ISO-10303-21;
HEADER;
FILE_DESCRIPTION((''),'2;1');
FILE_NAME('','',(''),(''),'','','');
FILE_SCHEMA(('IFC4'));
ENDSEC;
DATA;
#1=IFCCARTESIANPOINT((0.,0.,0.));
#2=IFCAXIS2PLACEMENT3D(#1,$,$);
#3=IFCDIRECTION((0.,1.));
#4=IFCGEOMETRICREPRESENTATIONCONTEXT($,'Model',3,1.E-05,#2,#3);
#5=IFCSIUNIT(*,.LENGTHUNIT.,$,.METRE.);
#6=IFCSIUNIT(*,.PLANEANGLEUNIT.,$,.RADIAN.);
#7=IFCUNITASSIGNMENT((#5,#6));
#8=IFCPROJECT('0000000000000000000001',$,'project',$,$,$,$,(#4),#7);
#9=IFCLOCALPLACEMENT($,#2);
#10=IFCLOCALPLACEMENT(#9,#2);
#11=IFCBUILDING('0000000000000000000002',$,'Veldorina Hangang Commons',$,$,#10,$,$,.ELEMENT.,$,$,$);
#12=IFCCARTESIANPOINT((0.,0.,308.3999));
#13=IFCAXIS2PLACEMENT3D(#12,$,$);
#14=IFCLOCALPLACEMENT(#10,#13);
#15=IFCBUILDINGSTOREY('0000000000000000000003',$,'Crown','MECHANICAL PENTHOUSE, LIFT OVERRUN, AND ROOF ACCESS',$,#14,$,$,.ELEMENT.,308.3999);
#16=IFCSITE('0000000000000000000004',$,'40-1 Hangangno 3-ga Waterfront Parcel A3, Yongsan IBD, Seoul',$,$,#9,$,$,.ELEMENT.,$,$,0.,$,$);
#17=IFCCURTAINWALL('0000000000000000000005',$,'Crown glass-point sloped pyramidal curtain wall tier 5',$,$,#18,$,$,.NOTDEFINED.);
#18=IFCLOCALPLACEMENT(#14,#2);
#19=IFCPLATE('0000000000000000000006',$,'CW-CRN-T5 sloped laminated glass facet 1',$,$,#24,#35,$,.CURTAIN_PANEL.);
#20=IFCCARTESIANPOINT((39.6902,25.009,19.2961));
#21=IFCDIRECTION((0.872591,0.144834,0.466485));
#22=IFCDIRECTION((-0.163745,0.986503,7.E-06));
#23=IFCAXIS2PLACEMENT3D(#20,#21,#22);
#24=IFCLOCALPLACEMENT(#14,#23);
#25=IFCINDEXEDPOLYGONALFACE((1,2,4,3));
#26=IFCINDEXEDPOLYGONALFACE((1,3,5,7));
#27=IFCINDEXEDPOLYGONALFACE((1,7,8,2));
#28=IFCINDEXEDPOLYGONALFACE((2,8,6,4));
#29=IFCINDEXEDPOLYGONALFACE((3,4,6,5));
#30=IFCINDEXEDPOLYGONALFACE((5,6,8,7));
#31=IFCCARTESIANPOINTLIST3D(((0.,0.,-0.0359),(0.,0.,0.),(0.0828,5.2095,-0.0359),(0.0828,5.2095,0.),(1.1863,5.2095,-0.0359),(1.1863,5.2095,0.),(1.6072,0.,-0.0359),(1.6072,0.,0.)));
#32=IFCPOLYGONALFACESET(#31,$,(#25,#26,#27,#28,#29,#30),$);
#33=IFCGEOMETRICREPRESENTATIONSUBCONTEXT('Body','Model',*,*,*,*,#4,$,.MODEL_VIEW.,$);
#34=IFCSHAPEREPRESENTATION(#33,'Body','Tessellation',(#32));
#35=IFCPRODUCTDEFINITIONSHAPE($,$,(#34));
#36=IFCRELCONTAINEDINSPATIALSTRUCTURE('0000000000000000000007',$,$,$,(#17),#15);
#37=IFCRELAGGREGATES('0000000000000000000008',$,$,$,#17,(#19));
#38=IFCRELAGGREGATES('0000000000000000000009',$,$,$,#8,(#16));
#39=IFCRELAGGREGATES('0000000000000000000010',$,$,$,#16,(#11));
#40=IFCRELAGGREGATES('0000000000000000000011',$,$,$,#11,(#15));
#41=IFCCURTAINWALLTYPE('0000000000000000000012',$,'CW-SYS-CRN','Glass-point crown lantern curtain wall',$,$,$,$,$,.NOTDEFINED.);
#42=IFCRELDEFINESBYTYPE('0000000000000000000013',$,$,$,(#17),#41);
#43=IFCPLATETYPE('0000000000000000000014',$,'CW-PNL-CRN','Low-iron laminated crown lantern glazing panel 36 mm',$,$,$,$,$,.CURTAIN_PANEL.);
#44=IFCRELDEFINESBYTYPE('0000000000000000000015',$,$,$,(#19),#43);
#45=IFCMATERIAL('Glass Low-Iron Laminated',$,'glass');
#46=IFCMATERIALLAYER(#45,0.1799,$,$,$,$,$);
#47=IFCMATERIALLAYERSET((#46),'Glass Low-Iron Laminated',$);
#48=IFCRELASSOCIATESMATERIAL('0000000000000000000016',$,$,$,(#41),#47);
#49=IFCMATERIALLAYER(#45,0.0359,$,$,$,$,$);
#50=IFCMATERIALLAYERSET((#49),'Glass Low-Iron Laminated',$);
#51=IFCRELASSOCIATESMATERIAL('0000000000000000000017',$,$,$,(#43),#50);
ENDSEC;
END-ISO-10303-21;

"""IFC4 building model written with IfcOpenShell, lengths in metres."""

from ifc_helpers import new_model, si_unit, direction, frame, origin, place, context, subcontext, project, spatial, polyline, outline, extrude, material, layer, layer_set, type_object, element, aggregate, save


model = new_model("IFC4")

# Units and contexts
model_context = context("Model", 3, precision=1e-05, world=origin(), true_north=direction((0.0, 1.0)))
body_context = subcontext(model_context, "Body", "Model", "MODEL_VIEW")
ifc_project = project(units=[si_unit("LENGTHUNIT", "METRE"), si_unit("PLANEANGLEUNIT", "RADIAN")], contexts=[model_context])

# Site, building, storey
site_placement = place(None, origin())
site = spatial("IfcSite", under=ifc_project, at=site_placement, Name="40-1 Hangangno 3-ga Waterfront Parcel A3, Yongsan IBD, Seoul", CompositionType="ELEMENT", RefElevation=0.0)
building_placement = place(site_placement, origin())
building = spatial("IfcBuilding", under=site, at=building_placement, Name="Veldorina Hangang Commons", CompositionType="ELEMENT")
storey_placement = place(building_placement, frame((0.0, 0.0, 308.3999)))
storey = spatial("IfcBuildingStorey", under=building, at=storey_placement, Name="Crown", Description="MECHANICAL PENTHOUSE, LIFT OVERRUN, AND ROOF ACCESS", CompositionType="ELEMENT", Elevation=308.3999)

# Curtain wall
ifc_material_1 = material(Name="Glass Low-Iron Laminated", Category="glass")
ifc_layer_1 = layer(ifc_material_1, 0.1799)
ifc_layer_set_1 = layer_set([ifc_layer_1], Name="Glass Low-Iron Laminated")
curtain_wall_type = type_object("IfcCurtainWallType", Name="CW-SYS-CRN", Description="Glass-point crown lantern curtain wall", PredefinedType="NOTDEFINED", material=ifc_layer_set_1)
curtain_wall_1_placement = place(storey_placement, origin())
curtain_wall_1 = element("IfcCurtainWall", 1, at=curtain_wall_1_placement, inside=storey, type_object=curtain_wall_type, Name="Crown glass-point sloped pyramidal curtain wall tier 5", PredefinedType="NOTDEFINED")

# Plate
ifc_layer_2 = layer(ifc_material_1, 0.0359)
ifc_layer_set_2 = layer_set([ifc_layer_2], Name="Glass Low-Iron Laminated")
plate_type_1 = type_object("IfcPlateType", Name="CW-PNL-CRN", Description="Low-iron laminated crown lantern glazing panel 36 mm", PredefinedType="CURTAIN_PANEL", material=ifc_layer_set_2)
plate_1_placement = place(storey_placement, frame((39.6902, 25.009, 19.2961), z_axis=(0.872591, 0.144834, 0.466485), x_axis=(-0.163745, 0.986503, 0.000007)))
plate_1 = element("IfcPlate", 2, at=plate_1_placement, type_object=plate_type_1, Name="CW-CRN-T5 sloped laminated glass facet 1", PredefinedType="CURTAIN_PANEL", context=body_context, shape_type="SweptSolid", body=[
    extrude(outline(polyline([(0.0, 0.0), (1.6072, 0.0), (1.1863, 5.2095), (0.0828, 5.2095), (0.0, 0.0)])), origin(), (0.0, 0.0, -1.0), 0.0359),
])
aggregate(curtain_wall_1, [plate_1])

save(model, "model.ifc")
